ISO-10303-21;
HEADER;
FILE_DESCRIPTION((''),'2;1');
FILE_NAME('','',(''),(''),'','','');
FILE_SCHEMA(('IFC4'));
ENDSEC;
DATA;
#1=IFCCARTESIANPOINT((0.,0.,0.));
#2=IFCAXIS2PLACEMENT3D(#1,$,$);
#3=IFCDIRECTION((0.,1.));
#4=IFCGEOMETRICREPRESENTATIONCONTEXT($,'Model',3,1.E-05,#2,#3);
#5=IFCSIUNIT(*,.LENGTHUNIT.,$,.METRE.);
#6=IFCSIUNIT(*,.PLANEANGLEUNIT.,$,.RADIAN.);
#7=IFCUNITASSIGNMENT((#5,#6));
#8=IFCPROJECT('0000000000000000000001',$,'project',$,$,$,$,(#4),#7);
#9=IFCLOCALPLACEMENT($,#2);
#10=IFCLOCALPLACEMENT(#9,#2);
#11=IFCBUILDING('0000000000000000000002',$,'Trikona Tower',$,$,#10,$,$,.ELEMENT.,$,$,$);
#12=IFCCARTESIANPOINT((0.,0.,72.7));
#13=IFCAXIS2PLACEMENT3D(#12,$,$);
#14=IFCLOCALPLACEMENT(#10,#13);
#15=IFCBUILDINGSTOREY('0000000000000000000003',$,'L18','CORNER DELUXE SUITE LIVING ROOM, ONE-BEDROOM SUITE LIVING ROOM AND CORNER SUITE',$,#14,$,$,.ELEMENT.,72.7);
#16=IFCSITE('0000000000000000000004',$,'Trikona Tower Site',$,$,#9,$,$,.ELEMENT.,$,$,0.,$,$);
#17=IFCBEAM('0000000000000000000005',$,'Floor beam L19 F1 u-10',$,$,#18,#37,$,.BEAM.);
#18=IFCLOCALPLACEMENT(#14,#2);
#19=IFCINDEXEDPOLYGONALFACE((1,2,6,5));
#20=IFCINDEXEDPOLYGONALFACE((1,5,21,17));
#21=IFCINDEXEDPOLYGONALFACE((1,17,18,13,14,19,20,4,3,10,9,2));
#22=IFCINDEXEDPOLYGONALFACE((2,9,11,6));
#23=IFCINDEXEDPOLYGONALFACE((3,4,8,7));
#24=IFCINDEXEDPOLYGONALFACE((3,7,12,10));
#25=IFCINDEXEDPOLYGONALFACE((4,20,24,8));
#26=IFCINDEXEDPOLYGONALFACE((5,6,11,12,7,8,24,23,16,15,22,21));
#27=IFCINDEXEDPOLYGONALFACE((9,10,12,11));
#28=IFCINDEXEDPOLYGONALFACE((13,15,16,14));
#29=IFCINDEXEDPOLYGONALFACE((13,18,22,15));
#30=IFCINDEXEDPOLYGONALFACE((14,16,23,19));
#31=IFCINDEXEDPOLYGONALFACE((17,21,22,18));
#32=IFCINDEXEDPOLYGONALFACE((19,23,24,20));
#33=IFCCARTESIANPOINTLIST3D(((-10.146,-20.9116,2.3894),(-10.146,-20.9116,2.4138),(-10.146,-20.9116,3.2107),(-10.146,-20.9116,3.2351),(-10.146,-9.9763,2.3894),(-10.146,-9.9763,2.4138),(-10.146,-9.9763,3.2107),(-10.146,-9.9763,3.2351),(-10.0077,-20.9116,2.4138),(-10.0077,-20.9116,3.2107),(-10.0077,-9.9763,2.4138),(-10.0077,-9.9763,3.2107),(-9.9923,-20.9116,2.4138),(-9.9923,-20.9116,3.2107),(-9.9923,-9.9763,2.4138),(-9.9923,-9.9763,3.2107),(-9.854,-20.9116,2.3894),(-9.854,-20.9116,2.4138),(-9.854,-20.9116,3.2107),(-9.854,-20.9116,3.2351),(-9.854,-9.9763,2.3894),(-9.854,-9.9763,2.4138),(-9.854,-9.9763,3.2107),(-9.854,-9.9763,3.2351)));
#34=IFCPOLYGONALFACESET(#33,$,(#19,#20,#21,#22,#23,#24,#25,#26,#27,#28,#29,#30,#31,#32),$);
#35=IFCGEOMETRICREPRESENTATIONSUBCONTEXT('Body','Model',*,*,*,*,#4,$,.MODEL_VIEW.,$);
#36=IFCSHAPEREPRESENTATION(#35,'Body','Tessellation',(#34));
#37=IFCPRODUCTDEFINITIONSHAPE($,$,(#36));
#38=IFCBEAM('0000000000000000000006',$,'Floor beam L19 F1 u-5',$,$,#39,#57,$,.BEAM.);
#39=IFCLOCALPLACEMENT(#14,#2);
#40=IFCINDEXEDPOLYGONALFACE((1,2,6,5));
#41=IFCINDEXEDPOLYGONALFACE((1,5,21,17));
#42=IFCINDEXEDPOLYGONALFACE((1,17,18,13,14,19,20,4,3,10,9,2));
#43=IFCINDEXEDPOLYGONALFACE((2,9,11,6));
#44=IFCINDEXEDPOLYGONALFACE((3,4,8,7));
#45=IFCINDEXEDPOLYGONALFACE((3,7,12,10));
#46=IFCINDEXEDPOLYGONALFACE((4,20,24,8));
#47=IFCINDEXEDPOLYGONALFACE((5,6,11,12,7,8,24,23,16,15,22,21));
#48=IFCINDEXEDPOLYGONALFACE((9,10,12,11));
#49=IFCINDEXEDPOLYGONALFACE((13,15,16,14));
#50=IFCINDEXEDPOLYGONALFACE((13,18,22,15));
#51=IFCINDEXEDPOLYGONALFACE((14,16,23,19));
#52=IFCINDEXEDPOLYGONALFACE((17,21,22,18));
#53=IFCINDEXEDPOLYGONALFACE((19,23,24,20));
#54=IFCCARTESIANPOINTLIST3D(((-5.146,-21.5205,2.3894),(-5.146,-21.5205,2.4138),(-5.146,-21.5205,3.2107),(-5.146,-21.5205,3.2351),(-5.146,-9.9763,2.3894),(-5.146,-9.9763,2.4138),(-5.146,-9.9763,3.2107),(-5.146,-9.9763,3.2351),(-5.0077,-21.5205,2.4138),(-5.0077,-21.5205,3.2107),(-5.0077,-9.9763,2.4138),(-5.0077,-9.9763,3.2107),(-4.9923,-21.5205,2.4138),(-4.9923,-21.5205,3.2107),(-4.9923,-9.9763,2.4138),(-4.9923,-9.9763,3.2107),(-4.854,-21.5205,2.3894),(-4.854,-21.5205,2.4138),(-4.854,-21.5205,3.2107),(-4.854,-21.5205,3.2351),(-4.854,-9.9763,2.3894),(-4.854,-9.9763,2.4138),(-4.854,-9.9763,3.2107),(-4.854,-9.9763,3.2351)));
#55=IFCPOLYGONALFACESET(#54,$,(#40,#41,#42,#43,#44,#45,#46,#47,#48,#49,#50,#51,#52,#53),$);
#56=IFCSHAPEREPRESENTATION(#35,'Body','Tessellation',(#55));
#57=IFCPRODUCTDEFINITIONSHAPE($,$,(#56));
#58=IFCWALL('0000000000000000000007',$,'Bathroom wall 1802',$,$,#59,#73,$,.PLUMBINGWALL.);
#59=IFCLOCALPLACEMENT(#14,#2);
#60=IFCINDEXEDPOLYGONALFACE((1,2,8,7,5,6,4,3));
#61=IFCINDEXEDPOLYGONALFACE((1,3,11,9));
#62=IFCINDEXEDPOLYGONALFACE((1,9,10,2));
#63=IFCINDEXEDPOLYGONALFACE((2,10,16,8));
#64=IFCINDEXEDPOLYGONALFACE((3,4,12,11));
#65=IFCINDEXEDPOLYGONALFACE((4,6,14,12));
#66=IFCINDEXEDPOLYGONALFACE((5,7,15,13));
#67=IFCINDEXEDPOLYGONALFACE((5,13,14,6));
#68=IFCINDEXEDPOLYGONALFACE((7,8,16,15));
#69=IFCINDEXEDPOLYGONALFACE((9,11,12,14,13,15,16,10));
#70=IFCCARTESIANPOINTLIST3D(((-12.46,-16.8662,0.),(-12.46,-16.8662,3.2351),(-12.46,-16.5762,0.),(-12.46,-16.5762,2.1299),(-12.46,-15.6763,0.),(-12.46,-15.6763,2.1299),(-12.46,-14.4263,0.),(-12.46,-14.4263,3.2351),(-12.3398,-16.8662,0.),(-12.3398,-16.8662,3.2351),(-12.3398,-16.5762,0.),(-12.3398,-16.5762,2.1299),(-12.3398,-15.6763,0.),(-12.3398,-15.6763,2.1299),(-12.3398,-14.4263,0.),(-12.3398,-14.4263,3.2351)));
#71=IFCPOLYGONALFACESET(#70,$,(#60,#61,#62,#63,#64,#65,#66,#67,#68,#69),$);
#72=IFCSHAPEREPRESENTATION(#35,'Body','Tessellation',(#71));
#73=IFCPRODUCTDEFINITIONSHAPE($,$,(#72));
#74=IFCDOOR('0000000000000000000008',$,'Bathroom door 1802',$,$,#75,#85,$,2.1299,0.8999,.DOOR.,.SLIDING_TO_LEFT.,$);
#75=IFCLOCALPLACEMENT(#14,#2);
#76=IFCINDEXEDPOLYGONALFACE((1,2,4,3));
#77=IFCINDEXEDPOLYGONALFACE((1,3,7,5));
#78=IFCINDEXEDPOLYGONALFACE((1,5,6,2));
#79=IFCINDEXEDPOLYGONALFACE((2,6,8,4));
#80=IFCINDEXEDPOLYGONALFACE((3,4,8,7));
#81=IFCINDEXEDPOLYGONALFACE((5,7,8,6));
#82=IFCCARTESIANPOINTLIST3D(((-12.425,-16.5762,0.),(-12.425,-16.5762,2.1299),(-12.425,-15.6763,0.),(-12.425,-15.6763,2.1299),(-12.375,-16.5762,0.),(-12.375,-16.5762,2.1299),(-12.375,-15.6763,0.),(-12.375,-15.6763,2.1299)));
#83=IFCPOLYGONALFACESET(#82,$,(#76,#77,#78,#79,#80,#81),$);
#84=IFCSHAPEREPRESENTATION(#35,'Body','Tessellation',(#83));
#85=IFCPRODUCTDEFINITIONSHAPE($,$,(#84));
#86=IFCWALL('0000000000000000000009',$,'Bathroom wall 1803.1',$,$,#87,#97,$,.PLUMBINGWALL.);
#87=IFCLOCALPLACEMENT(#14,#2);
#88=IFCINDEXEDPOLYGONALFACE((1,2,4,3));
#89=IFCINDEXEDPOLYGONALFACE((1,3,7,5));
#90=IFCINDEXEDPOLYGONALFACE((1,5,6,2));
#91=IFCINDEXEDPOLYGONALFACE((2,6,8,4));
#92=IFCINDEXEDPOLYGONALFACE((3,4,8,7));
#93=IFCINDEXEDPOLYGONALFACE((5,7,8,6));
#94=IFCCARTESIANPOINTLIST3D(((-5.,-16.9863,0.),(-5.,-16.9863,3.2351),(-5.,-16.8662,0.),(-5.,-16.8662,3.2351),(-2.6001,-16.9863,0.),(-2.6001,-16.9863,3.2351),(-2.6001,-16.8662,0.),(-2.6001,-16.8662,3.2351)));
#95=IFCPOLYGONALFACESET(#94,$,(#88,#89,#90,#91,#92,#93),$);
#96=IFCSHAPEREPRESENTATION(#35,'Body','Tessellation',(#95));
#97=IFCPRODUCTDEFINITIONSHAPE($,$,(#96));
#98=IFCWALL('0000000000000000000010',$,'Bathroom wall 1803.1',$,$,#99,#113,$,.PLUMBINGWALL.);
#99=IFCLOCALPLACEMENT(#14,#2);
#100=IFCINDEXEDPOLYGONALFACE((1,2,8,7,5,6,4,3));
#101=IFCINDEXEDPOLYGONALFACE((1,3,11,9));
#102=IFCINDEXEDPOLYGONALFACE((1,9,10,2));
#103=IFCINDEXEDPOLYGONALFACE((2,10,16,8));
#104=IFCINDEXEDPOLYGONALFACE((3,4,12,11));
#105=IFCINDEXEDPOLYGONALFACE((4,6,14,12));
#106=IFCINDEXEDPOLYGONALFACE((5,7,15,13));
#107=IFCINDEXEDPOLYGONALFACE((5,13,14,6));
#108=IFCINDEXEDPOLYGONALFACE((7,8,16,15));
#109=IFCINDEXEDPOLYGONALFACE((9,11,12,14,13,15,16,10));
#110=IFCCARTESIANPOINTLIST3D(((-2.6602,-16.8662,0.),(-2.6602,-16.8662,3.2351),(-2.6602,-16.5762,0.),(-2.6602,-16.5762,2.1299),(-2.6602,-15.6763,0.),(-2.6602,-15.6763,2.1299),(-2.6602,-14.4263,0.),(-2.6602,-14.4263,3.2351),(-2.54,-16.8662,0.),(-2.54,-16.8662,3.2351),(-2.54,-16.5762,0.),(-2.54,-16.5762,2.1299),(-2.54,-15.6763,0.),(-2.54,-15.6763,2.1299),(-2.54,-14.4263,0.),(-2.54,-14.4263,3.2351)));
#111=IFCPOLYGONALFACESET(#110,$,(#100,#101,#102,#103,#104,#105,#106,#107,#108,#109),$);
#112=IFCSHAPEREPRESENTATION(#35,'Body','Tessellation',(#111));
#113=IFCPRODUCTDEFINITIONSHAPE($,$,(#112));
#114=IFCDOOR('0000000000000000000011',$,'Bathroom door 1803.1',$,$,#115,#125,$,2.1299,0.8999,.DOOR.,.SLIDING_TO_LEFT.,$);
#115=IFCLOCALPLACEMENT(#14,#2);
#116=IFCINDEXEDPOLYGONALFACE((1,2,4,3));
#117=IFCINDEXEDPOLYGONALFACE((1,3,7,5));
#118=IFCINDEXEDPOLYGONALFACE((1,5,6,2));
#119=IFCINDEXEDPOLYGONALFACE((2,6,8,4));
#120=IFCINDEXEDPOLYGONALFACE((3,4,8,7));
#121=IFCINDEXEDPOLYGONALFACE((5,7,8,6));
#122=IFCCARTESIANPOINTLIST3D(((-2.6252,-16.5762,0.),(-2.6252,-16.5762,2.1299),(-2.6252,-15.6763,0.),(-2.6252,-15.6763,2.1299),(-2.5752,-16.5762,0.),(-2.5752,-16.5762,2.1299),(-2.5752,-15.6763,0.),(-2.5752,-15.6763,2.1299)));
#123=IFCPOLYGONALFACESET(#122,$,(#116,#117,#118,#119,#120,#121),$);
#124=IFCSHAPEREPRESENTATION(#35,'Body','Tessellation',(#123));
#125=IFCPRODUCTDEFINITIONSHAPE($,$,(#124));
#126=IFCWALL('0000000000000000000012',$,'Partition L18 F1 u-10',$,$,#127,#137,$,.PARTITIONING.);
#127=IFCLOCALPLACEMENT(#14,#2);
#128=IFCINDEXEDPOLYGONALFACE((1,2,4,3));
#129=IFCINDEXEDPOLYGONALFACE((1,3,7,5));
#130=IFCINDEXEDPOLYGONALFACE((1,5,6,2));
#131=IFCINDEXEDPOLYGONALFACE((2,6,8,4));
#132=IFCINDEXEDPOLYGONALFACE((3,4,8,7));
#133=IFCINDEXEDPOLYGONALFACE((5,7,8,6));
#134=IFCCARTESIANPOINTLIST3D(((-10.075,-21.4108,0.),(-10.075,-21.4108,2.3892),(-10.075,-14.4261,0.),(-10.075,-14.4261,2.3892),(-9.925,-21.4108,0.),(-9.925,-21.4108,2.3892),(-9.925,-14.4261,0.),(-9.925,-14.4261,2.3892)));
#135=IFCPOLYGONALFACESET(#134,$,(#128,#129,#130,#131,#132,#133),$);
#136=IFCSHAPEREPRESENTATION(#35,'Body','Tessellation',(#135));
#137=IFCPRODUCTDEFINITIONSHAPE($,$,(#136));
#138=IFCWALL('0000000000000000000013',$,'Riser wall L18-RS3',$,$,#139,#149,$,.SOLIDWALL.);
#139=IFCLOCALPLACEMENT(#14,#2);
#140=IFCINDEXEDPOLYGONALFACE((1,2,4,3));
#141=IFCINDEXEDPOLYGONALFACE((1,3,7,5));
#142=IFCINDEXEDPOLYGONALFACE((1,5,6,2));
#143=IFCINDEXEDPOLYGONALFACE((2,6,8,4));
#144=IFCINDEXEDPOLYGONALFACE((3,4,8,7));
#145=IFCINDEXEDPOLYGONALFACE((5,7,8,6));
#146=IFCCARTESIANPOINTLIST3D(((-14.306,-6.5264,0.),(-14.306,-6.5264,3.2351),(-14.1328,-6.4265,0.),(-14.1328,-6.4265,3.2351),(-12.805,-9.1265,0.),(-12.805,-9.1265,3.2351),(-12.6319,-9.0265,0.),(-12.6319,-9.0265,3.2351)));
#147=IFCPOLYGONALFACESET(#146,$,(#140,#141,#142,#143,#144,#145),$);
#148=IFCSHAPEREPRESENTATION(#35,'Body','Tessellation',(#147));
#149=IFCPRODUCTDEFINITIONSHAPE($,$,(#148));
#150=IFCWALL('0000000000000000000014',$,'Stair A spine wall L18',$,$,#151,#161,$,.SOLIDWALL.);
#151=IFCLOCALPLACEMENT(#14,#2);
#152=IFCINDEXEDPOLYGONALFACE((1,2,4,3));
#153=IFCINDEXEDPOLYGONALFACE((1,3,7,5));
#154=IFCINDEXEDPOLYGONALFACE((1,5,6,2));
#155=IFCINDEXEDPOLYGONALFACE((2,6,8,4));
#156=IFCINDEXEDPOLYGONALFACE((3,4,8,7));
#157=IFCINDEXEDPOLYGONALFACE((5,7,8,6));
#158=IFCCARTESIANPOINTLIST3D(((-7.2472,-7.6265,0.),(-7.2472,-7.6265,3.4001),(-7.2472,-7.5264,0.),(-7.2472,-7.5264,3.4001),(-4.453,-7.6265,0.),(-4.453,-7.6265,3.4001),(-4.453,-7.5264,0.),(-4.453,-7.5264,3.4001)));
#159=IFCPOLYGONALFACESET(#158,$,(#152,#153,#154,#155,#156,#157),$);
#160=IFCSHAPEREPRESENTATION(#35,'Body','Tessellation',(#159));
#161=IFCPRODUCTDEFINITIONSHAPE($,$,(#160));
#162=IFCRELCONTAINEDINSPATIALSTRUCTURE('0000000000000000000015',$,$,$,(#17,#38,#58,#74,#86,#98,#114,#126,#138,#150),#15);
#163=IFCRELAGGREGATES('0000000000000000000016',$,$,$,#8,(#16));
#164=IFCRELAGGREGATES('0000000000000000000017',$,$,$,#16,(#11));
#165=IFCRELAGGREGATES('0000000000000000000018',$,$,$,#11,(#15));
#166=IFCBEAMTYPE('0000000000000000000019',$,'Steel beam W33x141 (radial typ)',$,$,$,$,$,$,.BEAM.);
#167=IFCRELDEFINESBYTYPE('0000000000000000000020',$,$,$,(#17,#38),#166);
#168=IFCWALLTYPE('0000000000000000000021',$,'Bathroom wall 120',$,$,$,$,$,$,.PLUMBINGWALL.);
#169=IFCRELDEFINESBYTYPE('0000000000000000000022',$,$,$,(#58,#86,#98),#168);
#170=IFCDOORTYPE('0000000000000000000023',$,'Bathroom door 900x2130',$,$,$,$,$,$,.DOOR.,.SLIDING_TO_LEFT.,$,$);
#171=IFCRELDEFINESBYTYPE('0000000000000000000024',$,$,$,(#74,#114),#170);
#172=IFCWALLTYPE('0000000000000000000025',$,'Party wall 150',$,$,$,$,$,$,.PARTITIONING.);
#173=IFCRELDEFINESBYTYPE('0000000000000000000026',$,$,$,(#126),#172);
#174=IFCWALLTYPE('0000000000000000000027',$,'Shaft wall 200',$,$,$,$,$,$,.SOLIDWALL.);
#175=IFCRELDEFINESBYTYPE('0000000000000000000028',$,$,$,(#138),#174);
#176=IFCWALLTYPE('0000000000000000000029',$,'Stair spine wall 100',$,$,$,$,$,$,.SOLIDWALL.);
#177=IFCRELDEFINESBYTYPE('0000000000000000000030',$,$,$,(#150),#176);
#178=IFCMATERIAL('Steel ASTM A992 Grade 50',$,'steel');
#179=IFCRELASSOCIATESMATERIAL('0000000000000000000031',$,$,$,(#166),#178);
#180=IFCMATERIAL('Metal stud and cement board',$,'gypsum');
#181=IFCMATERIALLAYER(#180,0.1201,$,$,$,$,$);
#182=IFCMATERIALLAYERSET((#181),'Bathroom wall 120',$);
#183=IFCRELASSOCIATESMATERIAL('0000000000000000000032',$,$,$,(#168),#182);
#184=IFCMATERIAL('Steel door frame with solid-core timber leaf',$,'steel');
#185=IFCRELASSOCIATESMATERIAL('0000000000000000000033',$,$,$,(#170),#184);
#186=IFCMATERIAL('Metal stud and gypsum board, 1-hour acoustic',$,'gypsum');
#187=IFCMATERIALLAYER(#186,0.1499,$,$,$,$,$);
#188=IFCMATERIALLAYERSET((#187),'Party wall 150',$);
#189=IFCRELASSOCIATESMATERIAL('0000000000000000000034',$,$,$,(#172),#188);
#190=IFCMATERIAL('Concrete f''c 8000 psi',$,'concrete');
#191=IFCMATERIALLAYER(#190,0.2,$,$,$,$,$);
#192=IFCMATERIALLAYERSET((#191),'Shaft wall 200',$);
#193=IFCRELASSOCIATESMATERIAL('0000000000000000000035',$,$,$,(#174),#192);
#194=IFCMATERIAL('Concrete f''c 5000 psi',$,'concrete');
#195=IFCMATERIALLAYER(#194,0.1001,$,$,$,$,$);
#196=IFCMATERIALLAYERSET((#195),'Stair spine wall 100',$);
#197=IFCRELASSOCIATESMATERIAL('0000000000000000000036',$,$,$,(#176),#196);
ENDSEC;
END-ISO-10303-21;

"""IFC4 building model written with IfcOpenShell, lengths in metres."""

from ifc_helpers import new_model, si_unit, direction, frame, frame_2d, origin, origin_2d, place, context, subcontext, project, spatial, rectangle, i_section, extrude, material, layer, layer_set, material_profile, profile_set, type_object, element, fill, save


model = new_model("IFC4")

# Units and contexts
model_context = context("Model", 3, precision=1e-05, world=origin(), true_north=direction((0.0, 1.0)))
body_context = subcontext(model_context, "Body", "Model", "MODEL_VIEW")
ifc_project = project(units=[si_unit("LENGTHUNIT", "METRE"), si_unit("PLANEANGLEUNIT", "RADIAN")], contexts=[model_context])

# Site, building, storey
site_placement = place(None, origin())
site = spatial("IfcSite", under=ifc_project, at=site_placement, Name="Trikona Tower Site", CompositionType="ELEMENT", RefElevation=0.0)
building_placement = place(site_placement, origin())
building = spatial("IfcBuilding", under=site, at=building_placement, Name="Trikona Tower", CompositionType="ELEMENT")
storey_placement = place(building_placement, frame((0.0, 0.0, 72.7)))
storey = spatial("IfcBuildingStorey", under=building, at=storey_placement, Name="L18", Description="CORNER DELUXE SUITE LIVING ROOM, ONE-BEDROOM SUITE LIVING ROOM AND CORNER SUITE", CompositionType="ELEMENT", Elevation=72.7)

# Beams
ifc_material_1 = material(Name="Steel ASTM A992 Grade 50", Category="steel")
ifc_material_profile = material_profile(ifc_material_1, i_section(OverallWidth=0.292, OverallDepth=0.8457, WebThickness=0.0154, FlangeThickness=0.0244, at=origin_2d()), Name="W33X141")
ifc_profile_set = profile_set([ifc_material_profile], Name="Steel ASTM A992 Grade 50")
beam_type = type_object("IfcBeamType", Name="Steel beam W33x141 (radial typ)", PredefinedType="BEAM", material=ifc_profile_set)
beam_1_placement = place(storey_placement, frame((-10.0, -9.9763, 2.8123), z_axis=(0.0, -1.0, 0.0), x_axis=(1.0, 0.0, 0.0)))
element("IfcBeam", 1, at=beam_1_placement, inside=storey, type_object=beam_type, Name="Floor beam L19 F1 u-10", PredefinedType="BEAM", context=body_context, shape_type="SweptSolid", body=[
    extrude(i_section(OverallWidth=0.292, OverallDepth=0.8457, WebThickness=0.0154, FlangeThickness=0.0244, at=origin_2d()), origin(), (0.0, 0.0, 1.0), 10.9353),
])
beam_2_placement = place(storey_placement, frame((-5.0, -9.9763, 2.8123), z_axis=(0.0, -1.0, 0.0), x_axis=(1.0, 0.0, 0.0)))
element("IfcBeam", 2, at=beam_2_placement, inside=storey, type_object=beam_type, Name="Floor beam L19 F1 u-5", PredefinedType="BEAM", context=body_context, shape_type="SweptSolid", body=[
    extrude(i_section(OverallWidth=0.292, OverallDepth=0.8457, WebThickness=0.0154, FlangeThickness=0.0244, at=origin_2d()), origin(), (0.0, 0.0, 1.0), 11.5442),
])

# Wall, opening, door
ifc_material_2 = material(Name="Metal stud and cement board", Category="gypsum")
ifc_layer_1 = layer(ifc_material_2, 0.1201)
ifc_layer_set_1 = layer_set([ifc_layer_1], Name="Bathroom wall 120")
wall_type_1 = type_object("IfcWallType", Name="Bathroom wall 120", PredefinedType="PLUMBINGWALL", material=ifc_layer_set_1)
wall_1_placement = place(storey_placement, frame((-12.3999, -14.4263, 0.0), z_axis=(0.0, 0.0, 1.0), x_axis=(0.0, -1.0, 0.0)))
wall_1 = element("IfcWall", 3, at=wall_1_placement, inside=storey, type_object=wall_type_1, Name="Bathroom wall 1802", PredefinedType="PLUMBINGWALL", context=body_context, shape_type="SweptSolid", body=[
    extrude(rectangle(XDim=2.4399, YDim=0.1201, at=frame_2d((1.22, 0.0))), origin(), (0.0, 0.0, 1.0), 3.2351),
])
opening_1_placement = place(wall_1_placement, frame((1.25, 0.0, 0.0)))
opening_1 = element("IfcOpeningElement", 4, at=opening_1_placement, cuts=wall_1, PredefinedType="OPENING", context=body_context, shape_type="SweptSolid", body=[
    extrude(rectangle(XDim=0.8999, YDim=2.1299, at=frame_2d((0.45, 1.0649))), frame((0.0, 0.0701, 0.0), z_axis=(0.0, -1.0, 0.0), x_axis=(1.0, 0.0, 0.0)), (0.0, 0.0, 1.0), 0.1401),
])
ifc_material_3 = material(Name="Steel door frame with solid-core timber leaf", Category="steel")
door_type_1 = type_object("IfcDoorType", Name="Bathroom door 900x2130", OperationType="SLIDING_TO_LEFT", PredefinedType="DOOR", material=ifc_material_3)
door_1_placement = place(opening_1_placement, origin())
door_1 = element("IfcDoor", 5, at=door_1_placement, inside=storey, type_object=door_type_1, Name="Bathroom door 1802", OperationType="SLIDING_TO_LEFT", OverallHeight=2.1299, OverallWidth=0.8999, PredefinedType="DOOR", context=body_context, shape_type="SweptSolid", body=[
    extrude(rectangle(XDim=0.8999, YDim=2.1299, at=frame_2d((0.45, 1.0649))), frame((0.0, 0.0249, 0.0), z_axis=(0.0, -1.0, 0.0), x_axis=(1.0, 0.0, 0.0)), (0.0, 0.0, 1.0), 0.05),
])
fill(opening_1, door_1)

# Wall
wall_2_placement = place(storey_placement, frame((-5.0, -16.9263, 0.0), z_axis=(0.0, 0.0, 1.0), x_axis=(1.0, 0.0, 0.0)))
element("IfcWall", 6, at=wall_2_placement, inside=storey, type_object=wall_type_1, Name="Bathroom wall 1803.1", PredefinedType="PLUMBINGWALL", context=body_context, shape_type="SweptSolid", body=[
    extrude(rectangle(XDim=2.3999, YDim=0.1201, at=frame_2d((1.2, 0.0))), origin(), (0.0, 0.0, 1.0), 3.2351),
])

# Wall, opening, door
wall_3_placement = place(storey_placement, frame((-2.6001, -14.4263, 0.0), z_axis=(0.0, 0.0, 1.0), x_axis=(0.0, -1.0, 0.0)))
wall_3 = element("IfcWall", 7, at=wall_3_placement, inside=storey, type_object=wall_type_1, Name="Bathroom wall 1803.1", PredefinedType="PLUMBINGWALL", context=body_context, shape_type="SweptSolid", body=[
    extrude(rectangle(XDim=2.4399, YDim=0.1201, at=frame_2d((1.22, 0.0))), origin(), (0.0, 0.0, 1.0), 3.2351),
])
opening_2_placement = place(wall_3_placement, frame((1.25, 0.0, 0.0)))
opening_2 = element("IfcOpeningElement", 8, at=opening_2_placement, cuts=wall_3, PredefinedType="OPENING", context=body_context, shape_type="SweptSolid", body=[
    extrude(rectangle(XDim=0.8999, YDim=2.1299, at=frame_2d((0.45, 1.0649))), frame((0.0, 0.0701, 0.0), z_axis=(0.0, -1.0, 0.0), x_axis=(1.0, 0.0, 0.0)), (0.0, 0.0, 1.0), 0.1401),
])
door_2_placement = place(opening_2_placement, origin())
door_2 = element("IfcDoor", 9, at=door_2_placement, inside=storey, type_object=door_type_1, Name="Bathroom door 1803.1", OperationType="SLIDING_TO_LEFT", OverallHeight=2.1299, OverallWidth=0.8999, PredefinedType="DOOR", context=body_context, shape_type="SweptSolid", body=[
    extrude(rectangle(XDim=0.8999, YDim=2.1299, at=frame_2d((0.45, 1.0649))), frame((0.0, 0.0249, 0.0), z_axis=(0.0, -1.0, 0.0), x_axis=(1.0, 0.0, 0.0)), (0.0, 0.0, 1.0), 0.05),
])
fill(opening_2, door_2)

# Walls
ifc_material_4 = material(Name="Metal stud and gypsum board, 1-hour acoustic", Category="gypsum")
ifc_layer_2 = layer(ifc_material_4, 0.1499)
ifc_layer_set_2 = layer_set([ifc_layer_2], Name="Party wall 150")
wall_type_2 = type_object("IfcWallType", Name="Party wall 150", PredefinedType="PARTITIONING", material=ifc_layer_set_2)
wall_4_placement = place(storey_placement, frame((-10.0, -14.4263, 0.0), z_axis=(0.0, 0.0, 1.0), x_axis=(0.0, -1.0, 0.0)))
element("IfcWall", 10, at=wall_4_placement, inside=storey, type_object=wall_type_2, Name="Partition L18 F1 u-10", PredefinedType="PARTITIONING", context=body_context, shape_type="SweptSolid", body=[
    extrude(rectangle(XDim=6.9846, YDim=0.1499, at=frame_2d((3.4922, 0.0))), origin(), (0.0, 0.0, 1.0), 2.3892),
])
ifc_material_5 = material(Name="Concrete f'c 8000 psi", Category="concrete")
ifc_layer_3 = layer(ifc_material_5, 0.2)
ifc_layer_set_3 = layer_set([ifc_layer_3], Name="Shaft wall 200")
wall_type_3 = type_object("IfcWallType", Name="Shaft wall 200", PredefinedType="SOLIDWALL", material=ifc_layer_set_3)
wall_5_placement = place(storey_placement, frame((-12.7185, -9.0764, 0.0), z_axis=(0.0, 0.0, 1.0), x_axis=(-0.499952, 0.866053, 0.0)))
element("IfcWall", 11, at=wall_5_placement, inside=storey, type_object=wall_type_3, Name="Riser wall L18-RS3", PredefinedType="SOLIDWALL", context=body_context, shape_type="SweptSolid", body=[
    extrude(rectangle(XDim=3.0022, YDim=0.2, at=frame_2d((1.501, 0.0))), origin(), (0.0, 0.0, 1.0), 3.2351),
])
ifc_material_6 = material(Name="Concrete f'c 5000 psi", Category="concrete")
ifc_layer_4 = layer(ifc_material_6, 0.1001)
ifc_layer_set_4 = layer_set([ifc_layer_4], Name="Stair spine wall 100")
wall_type_4 = type_object("IfcWallType", Name="Stair spine wall 100", PredefinedType="SOLIDWALL", material=ifc_layer_set_4)
wall_6_placement = place(storey_placement, frame((-7.2471, -7.5764, 0.0), z_axis=(0.0, 0.0, 1.0), x_axis=(1.0, 0.0, 0.0)))
element("IfcWall", 12, at=wall_6_placement, inside=storey, type_object=wall_type_4, Name="Stair A spine wall L18", PredefinedType="SOLIDWALL", context=body_context, shape_type="SweptSolid", body=[
    extrude(rectangle(XDim=2.7942, YDim=0.1001, at=frame_2d((1.397, 0.0))), origin(), (0.0, 0.0, 1.0), 3.4001),
])

save(model, "model.ifc")
